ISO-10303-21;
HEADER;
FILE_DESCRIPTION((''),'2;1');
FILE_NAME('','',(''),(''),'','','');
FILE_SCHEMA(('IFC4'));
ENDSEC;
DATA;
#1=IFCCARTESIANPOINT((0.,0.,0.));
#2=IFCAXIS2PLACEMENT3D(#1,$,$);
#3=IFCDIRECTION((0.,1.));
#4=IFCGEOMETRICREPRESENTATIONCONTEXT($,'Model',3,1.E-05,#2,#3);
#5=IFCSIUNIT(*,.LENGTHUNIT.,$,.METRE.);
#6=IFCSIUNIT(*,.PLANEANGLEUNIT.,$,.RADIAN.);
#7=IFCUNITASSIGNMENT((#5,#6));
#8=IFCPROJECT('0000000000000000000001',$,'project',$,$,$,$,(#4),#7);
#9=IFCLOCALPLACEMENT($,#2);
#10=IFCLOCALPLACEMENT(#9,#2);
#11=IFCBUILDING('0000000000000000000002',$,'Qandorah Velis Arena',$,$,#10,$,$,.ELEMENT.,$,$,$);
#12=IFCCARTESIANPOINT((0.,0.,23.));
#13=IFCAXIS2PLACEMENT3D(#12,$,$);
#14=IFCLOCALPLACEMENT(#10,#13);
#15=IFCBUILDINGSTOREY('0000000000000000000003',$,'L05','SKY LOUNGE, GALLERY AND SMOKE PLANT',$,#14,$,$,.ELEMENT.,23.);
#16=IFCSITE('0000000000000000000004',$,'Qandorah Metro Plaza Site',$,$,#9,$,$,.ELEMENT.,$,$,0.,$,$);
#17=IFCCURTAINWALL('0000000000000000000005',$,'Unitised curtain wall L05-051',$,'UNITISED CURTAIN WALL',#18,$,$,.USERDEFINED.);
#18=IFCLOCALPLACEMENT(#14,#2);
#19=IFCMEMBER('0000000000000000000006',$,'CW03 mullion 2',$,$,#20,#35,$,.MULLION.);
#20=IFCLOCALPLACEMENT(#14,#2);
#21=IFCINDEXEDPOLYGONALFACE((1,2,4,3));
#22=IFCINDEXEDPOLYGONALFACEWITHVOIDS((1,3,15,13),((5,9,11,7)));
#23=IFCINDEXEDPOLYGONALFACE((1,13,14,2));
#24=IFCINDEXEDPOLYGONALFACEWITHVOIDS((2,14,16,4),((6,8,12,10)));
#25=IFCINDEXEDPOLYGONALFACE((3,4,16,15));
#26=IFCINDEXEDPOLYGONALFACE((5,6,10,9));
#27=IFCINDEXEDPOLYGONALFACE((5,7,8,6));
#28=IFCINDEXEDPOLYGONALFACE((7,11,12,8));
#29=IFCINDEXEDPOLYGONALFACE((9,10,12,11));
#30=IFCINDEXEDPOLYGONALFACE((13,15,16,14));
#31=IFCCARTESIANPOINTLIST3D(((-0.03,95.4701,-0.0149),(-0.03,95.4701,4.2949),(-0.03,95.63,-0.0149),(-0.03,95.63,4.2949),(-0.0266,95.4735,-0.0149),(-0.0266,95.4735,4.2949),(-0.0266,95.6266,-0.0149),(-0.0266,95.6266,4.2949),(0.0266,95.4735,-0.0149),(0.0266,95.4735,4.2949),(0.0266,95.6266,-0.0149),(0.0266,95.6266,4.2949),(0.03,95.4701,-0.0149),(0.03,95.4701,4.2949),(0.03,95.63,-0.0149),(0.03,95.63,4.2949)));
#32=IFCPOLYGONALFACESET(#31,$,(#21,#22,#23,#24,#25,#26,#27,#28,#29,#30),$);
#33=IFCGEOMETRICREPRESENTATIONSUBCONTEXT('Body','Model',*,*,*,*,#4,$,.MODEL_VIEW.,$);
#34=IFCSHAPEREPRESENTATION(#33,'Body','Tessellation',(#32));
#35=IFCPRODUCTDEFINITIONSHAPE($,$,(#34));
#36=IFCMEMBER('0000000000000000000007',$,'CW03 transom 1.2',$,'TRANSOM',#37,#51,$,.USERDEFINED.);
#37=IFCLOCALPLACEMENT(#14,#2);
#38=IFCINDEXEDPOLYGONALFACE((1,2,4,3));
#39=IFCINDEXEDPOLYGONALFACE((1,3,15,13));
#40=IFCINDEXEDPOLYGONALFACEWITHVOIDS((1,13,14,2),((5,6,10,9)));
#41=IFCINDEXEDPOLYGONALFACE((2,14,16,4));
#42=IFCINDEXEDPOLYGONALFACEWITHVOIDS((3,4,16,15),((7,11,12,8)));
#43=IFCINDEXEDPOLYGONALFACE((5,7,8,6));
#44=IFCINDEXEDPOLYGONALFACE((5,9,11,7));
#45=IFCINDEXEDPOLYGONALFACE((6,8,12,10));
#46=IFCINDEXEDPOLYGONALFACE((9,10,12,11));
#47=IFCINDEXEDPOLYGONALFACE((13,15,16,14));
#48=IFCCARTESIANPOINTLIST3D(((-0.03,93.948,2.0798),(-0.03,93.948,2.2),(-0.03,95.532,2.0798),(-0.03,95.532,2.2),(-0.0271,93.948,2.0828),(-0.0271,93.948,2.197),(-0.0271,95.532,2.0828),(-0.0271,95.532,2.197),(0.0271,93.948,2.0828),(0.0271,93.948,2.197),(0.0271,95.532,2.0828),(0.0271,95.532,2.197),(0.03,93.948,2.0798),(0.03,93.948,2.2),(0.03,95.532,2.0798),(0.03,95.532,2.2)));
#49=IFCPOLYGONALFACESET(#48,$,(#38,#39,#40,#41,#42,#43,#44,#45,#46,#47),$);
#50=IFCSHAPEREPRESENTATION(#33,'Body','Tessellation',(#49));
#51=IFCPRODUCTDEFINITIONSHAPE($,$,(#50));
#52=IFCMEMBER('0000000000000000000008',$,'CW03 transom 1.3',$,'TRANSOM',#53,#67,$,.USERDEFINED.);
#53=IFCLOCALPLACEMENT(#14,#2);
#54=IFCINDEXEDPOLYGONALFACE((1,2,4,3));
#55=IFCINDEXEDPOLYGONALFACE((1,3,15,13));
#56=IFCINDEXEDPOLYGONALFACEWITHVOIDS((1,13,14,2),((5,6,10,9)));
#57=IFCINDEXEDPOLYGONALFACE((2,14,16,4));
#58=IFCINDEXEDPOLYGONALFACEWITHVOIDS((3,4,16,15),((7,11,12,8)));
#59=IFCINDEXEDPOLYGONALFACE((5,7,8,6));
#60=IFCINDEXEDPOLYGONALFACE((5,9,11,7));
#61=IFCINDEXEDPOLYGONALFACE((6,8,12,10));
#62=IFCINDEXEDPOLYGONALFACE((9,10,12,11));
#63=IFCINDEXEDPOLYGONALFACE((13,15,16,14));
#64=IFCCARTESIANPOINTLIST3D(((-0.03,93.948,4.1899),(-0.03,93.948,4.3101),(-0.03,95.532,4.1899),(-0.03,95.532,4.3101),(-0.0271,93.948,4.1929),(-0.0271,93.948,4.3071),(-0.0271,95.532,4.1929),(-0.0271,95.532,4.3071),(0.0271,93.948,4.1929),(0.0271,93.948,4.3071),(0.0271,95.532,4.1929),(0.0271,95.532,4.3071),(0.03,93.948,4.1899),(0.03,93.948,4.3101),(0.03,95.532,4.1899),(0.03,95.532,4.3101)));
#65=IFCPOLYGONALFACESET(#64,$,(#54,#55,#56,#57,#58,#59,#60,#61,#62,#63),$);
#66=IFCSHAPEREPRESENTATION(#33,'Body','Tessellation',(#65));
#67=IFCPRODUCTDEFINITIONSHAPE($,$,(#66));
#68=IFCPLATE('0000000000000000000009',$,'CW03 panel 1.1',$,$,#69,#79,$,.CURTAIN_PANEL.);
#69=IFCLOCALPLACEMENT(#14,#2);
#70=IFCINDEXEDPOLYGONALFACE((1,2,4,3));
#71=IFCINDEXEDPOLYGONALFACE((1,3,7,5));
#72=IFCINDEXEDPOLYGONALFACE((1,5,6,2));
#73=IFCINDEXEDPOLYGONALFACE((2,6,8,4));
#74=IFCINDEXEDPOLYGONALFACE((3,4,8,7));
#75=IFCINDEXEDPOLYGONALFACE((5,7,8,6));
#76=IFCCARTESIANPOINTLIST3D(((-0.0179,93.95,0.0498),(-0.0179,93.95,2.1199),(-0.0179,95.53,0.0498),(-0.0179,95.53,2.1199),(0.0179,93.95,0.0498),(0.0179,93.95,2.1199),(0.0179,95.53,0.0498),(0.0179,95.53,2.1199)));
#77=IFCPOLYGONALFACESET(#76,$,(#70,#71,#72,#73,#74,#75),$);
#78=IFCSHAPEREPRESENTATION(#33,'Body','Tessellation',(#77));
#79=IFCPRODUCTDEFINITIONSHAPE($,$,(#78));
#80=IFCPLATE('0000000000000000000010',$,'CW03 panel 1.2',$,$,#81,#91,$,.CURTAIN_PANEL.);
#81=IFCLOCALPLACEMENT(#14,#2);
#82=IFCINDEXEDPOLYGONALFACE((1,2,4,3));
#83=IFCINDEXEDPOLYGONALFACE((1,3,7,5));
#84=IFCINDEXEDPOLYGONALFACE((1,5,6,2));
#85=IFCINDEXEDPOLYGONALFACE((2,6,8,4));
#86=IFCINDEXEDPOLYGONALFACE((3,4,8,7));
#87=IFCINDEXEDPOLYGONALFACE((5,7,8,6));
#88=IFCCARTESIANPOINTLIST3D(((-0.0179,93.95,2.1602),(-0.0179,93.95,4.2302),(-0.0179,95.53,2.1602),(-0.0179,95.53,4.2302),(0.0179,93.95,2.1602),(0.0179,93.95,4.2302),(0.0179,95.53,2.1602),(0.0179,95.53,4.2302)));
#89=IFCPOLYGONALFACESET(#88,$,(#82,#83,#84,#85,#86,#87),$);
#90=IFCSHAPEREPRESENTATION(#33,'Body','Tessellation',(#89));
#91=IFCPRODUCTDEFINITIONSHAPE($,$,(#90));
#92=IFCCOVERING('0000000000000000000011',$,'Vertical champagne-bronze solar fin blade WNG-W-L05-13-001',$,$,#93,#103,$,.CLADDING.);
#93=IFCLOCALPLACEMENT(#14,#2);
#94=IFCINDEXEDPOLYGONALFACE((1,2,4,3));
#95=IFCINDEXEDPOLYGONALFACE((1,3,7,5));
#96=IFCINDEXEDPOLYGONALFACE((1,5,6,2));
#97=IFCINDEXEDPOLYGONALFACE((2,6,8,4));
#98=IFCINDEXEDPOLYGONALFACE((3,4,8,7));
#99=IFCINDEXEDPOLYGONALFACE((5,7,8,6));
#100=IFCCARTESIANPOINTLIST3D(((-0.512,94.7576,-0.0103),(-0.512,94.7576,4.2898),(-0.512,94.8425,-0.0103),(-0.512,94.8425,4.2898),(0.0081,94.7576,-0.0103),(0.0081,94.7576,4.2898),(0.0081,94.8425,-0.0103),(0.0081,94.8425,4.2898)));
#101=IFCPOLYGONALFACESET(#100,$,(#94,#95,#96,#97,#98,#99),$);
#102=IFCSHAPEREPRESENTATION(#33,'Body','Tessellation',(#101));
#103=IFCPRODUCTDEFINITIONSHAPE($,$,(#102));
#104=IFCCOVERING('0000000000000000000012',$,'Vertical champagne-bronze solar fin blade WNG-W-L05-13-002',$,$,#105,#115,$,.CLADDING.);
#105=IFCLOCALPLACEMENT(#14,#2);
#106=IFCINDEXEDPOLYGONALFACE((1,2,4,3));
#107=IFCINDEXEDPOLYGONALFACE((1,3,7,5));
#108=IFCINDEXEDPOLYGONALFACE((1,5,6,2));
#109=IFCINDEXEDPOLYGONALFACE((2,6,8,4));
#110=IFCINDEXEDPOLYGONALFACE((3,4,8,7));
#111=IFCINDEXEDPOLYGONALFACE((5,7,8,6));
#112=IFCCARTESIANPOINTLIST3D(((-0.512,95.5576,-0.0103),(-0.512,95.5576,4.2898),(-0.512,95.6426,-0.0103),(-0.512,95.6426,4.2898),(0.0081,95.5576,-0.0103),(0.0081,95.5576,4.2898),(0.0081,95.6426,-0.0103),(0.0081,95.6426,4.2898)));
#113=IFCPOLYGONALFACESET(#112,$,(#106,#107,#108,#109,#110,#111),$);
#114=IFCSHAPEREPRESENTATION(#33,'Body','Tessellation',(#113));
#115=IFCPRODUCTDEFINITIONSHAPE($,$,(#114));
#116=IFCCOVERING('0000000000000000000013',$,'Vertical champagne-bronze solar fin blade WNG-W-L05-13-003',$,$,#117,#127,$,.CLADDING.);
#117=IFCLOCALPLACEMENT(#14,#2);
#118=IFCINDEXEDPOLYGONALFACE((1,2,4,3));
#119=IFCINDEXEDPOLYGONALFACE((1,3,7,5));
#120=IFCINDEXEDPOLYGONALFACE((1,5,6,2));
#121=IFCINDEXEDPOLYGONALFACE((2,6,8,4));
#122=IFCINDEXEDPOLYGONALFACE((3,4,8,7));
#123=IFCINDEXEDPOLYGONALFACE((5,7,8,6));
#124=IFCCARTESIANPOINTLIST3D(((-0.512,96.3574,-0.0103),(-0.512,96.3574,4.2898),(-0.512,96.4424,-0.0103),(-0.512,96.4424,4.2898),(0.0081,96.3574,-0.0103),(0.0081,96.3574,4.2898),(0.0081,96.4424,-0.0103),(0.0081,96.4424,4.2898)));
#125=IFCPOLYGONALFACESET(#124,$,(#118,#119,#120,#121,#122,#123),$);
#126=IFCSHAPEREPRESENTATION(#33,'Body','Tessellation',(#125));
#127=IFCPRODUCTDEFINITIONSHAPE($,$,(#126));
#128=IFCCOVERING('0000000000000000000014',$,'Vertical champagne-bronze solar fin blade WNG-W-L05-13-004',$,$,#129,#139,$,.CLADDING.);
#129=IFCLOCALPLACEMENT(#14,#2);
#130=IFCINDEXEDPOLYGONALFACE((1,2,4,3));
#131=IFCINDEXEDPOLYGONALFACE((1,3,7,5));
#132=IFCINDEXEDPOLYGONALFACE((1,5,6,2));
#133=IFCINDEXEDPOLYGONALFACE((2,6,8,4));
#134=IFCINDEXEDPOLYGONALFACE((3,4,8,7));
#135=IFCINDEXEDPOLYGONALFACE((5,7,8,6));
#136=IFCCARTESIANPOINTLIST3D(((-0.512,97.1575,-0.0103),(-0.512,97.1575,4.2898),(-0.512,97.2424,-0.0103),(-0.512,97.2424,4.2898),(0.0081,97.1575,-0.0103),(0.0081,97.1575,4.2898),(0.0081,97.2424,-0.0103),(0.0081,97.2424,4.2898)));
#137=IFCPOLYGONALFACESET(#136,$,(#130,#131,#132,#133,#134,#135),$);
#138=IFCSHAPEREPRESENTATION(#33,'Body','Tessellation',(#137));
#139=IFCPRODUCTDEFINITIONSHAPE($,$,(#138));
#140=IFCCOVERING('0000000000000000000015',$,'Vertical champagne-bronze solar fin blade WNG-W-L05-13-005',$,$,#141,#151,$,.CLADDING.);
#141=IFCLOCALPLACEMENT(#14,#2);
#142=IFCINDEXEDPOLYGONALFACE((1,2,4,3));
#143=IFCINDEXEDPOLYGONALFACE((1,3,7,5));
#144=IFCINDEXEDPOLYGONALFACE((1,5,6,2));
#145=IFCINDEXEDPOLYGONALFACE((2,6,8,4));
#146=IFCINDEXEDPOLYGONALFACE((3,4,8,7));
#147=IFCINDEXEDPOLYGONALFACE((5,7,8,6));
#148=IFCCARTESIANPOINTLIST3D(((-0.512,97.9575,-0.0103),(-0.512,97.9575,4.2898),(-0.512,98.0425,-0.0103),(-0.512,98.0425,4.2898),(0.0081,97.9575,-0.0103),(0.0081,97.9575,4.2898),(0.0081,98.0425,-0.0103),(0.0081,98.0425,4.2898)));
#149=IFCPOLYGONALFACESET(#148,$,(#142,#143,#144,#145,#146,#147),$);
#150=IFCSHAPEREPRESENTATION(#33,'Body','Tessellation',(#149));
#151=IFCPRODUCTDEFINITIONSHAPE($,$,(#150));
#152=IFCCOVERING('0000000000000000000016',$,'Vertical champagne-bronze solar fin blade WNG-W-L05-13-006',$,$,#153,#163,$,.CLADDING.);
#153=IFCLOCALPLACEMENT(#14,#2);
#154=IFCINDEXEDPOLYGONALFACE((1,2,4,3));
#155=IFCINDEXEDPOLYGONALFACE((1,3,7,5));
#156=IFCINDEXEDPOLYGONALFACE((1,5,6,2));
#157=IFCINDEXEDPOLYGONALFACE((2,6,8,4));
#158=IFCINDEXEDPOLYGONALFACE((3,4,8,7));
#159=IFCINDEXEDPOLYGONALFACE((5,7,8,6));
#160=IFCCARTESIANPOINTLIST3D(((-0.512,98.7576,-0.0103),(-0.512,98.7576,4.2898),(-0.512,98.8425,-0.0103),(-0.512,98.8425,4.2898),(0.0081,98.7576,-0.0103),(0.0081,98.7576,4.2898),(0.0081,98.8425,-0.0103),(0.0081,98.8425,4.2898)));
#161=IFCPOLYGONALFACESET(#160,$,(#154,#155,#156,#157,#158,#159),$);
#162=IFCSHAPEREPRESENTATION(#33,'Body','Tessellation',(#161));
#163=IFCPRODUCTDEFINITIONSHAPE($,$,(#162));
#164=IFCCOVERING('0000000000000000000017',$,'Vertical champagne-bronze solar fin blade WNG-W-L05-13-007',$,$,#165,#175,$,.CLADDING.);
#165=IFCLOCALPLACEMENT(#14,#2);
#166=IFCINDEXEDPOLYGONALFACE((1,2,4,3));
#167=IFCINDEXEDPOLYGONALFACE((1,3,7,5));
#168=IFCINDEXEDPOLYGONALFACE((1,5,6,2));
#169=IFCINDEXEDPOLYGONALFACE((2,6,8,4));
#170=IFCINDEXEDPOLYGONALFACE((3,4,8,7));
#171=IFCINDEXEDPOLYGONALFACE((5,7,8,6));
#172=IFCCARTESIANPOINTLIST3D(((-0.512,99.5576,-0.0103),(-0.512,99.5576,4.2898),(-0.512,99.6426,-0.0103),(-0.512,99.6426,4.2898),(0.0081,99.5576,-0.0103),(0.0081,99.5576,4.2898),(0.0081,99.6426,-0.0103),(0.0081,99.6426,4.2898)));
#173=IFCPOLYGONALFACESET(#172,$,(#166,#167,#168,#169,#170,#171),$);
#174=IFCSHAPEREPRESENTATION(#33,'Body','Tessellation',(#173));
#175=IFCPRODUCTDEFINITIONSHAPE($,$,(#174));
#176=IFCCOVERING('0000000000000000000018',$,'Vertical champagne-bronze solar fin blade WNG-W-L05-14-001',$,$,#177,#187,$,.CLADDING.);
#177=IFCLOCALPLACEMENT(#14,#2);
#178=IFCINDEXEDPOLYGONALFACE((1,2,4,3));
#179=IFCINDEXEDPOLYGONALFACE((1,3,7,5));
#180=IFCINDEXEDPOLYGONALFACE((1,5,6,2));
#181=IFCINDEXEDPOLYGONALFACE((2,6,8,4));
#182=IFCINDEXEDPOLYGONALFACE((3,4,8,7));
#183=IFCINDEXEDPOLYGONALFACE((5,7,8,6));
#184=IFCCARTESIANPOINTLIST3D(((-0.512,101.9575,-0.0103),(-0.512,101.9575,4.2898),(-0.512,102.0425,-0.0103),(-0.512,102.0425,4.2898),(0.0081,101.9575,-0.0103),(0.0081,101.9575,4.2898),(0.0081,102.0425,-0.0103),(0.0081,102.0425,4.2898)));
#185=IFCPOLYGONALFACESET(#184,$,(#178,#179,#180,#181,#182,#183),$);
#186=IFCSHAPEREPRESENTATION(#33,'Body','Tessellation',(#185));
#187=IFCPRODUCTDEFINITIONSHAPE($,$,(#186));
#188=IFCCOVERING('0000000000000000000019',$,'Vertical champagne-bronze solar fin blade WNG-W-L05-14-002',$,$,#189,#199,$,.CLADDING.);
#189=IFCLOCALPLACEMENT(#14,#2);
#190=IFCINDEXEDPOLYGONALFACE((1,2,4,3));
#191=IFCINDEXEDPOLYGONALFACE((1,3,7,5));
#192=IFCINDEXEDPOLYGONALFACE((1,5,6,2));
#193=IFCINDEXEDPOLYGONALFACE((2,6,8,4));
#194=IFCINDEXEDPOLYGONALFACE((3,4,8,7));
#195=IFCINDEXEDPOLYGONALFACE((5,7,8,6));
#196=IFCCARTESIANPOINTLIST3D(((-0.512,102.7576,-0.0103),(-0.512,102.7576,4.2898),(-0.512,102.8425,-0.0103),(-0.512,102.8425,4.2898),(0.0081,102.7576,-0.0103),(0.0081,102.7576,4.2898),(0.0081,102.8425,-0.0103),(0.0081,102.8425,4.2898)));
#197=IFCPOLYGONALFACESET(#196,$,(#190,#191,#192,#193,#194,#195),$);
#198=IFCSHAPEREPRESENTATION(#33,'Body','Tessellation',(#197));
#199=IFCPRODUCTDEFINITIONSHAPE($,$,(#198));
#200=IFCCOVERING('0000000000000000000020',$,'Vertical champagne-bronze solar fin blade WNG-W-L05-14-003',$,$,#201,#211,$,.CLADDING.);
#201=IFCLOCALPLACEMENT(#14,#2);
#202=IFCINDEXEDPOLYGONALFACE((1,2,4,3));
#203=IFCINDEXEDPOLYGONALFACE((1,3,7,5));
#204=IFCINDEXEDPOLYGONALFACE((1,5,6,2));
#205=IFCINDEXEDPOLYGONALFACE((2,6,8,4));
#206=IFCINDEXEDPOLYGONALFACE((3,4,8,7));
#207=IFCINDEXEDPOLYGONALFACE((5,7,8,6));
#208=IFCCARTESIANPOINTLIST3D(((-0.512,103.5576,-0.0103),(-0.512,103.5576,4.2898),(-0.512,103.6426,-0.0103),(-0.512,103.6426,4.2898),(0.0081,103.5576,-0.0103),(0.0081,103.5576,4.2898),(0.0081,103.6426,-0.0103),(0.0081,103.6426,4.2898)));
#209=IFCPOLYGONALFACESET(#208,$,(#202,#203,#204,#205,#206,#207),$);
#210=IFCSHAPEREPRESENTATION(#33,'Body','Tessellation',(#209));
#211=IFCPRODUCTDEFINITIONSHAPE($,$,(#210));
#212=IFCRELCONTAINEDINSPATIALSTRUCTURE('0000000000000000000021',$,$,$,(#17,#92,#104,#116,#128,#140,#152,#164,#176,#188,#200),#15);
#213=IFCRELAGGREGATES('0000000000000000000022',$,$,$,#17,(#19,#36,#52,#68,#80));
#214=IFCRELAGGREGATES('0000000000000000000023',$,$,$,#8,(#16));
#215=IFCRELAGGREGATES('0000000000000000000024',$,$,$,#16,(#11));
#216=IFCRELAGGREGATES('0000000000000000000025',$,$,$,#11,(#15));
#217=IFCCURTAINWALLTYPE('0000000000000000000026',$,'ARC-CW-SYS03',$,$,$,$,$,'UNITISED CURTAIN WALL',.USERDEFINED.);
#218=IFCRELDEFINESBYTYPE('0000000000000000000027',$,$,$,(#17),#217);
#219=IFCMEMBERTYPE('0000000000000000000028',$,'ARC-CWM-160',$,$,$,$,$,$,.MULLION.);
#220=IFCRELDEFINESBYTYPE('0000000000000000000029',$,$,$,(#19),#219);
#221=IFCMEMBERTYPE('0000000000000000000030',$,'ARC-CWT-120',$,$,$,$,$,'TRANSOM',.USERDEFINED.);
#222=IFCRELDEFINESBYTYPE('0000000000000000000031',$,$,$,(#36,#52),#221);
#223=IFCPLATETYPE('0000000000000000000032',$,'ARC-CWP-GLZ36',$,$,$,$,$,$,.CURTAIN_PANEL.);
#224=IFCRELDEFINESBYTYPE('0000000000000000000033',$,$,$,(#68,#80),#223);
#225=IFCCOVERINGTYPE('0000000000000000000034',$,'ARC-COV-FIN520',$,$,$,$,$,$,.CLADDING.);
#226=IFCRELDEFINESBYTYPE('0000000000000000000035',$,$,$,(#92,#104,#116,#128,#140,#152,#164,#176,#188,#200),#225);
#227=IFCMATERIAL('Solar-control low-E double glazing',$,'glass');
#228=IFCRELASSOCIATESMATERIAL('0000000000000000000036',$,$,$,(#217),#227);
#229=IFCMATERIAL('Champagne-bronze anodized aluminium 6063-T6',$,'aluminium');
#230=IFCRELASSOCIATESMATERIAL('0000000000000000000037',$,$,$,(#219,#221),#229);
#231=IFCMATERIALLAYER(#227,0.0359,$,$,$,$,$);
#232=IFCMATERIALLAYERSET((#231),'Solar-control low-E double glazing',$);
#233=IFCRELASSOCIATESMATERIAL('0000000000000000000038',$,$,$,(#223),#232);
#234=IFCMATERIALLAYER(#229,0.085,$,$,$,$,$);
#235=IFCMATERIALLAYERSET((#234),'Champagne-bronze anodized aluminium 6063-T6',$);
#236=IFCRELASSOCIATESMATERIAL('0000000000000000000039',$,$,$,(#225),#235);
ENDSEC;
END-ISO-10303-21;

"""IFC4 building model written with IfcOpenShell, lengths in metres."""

from ifc_helpers import new_model, si_unit, direction, frame, origin, origin_2d, place, context, subcontext, project, spatial, rectangle, hollow_rectangle, extrude, material, layer, layer_set, material_profile, profile_set, type_object, element, aggregate, save


model = new_model("IFC4")

# Units and contexts
model_context = context("Model", 3, precision=1e-05, world=origin(), true_north=direction((0.0, 1.0)))
body_context = subcontext(model_context, "Body", "Model", "MODEL_VIEW")
ifc_project = project(units=[si_unit("LENGTHUNIT", "METRE"), si_unit("PLANEANGLEUNIT", "RADIAN")], contexts=[model_context])

# Site, building, storey
site_placement = place(None, origin())
site = spatial("IfcSite", under=ifc_project, at=site_placement, Name="Qandorah Metro Plaza Site", CompositionType="ELEMENT", RefElevation=0.0)
building_placement = place(site_placement, origin())
building = spatial("IfcBuilding", under=site, at=building_placement, Name="Qandorah Velis Arena", CompositionType="ELEMENT")
storey_placement = place(building_placement, frame((0.0, 0.0, 23.0)))
storey = spatial("IfcBuildingStorey", under=building, at=storey_placement, Name="L05", Description="SKY LOUNGE, GALLERY AND SMOKE PLANT", CompositionType="ELEMENT", Elevation=23.0)

# Curtain wall, members, plates
ifc_material_1 = material(Name="Solar-control low-E double glazing", Category="glass")
curtain_wall_type = type_object("IfcCurtainWallType", Name="ARC-CW-SYS03", ElementType="UNITISED CURTAIN WALL", PredefinedType="USERDEFINED", material=ifc_material_1)
curtain_wall_placement = place(storey_placement, origin())
curtain_wall = element("IfcCurtainWall", 1, at=curtain_wall_placement, inside=storey, type_object=curtain_wall_type, Name="Unitised curtain wall L05-051", ObjectType="UNITISED CURTAIN WALL", PredefinedType="USERDEFINED")
ifc_material_2 = material(Name="Champagne-bronze anodized aluminium 6063-T6", Category="aluminium")
ifc_material_profile_1 = material_profile(ifc_material_2, hollow_rectangle(XDim=0.0601, YDim=0.1599, WallThickness=0.0034, at=origin_2d()), Name="ALU MULLION 60x160")
ifc_profile_set_1 = profile_set([ifc_material_profile_1], Name="Champagne-bronze anodized aluminium 6063-T6")
member_type_1 = type_object("IfcMemberType", Name="ARC-CWM-160", PredefinedType="MULLION", material=ifc_profile_set_1)
member_1_placement = place(storey_placement, frame((0.0, 95.55, -0.0149), z_axis=(0.0, 0.0, 1.0), x_axis=(-1.0, 0.0, 0.0)))
member_1 = element("IfcMember", 2, at=member_1_placement, type_object=member_type_1, Name="CW03 mullion 2", PredefinedType="MULLION", context=body_context, shape_type="SweptSolid", body=[
    extrude(hollow_rectangle(XDim=0.0601, YDim=0.1599, WallThickness=0.0034, at=origin_2d()), origin(), (0.0, 0.0, 1.0), 4.3098),
])
ifc_material_profile_2 = material_profile(ifc_material_2, hollow_rectangle(XDim=0.0601, YDim=0.1201, WallThickness=0.0029, at=origin_2d()), Name="ALU TRANSOM 60x120")
ifc_profile_set_2 = profile_set([ifc_material_profile_2], Name="Champagne-bronze anodized aluminium 6063-T6")
member_type_2 = type_object("IfcMemberType", Name="ARC-CWT-120", ElementType="TRANSOM", PredefinedType="USERDEFINED", material=ifc_profile_set_2)
member_2_placement = place(storey_placement, frame((0.0, 93.948, 2.1399), z_axis=(0.0, 1.0, 0.0), x_axis=(-1.0, 0.0, 0.0)))
member_2 = element("IfcMember", 3, at=member_2_placement, type_object=member_type_2, Name="CW03 transom 1.2", ObjectType="TRANSOM", PredefinedType="USERDEFINED", context=body_context, shape_type="SweptSolid", body=[
    extrude(hollow_rectangle(XDim=0.0601, YDim=0.1201, WallThickness=0.0029, at=origin_2d()), origin(), (0.0, 0.0, 1.0), 1.584),
])
member_3_placement = place(storey_placement, frame((0.0, 93.948, 4.25), z_axis=(0.0, 1.0, 0.0), x_axis=(-1.0, 0.0, 0.0)))
member_3 = element("IfcMember", 4, at=member_3_placement, type_object=member_type_2, Name="CW03 transom 1.3", ObjectType="TRANSOM", PredefinedType="USERDEFINED", context=body_context, shape_type="SweptSolid", body=[
    extrude(hollow_rectangle(XDim=0.0601, YDim=0.1201, WallThickness=0.0029, at=origin_2d()), origin(), (0.0, 0.0, 1.0), 1.584),
])
ifc_layer_1 = layer(ifc_material_1, 0.0359)
ifc_layer_set_1 = layer_set([ifc_layer_1], Name="Solar-control low-E double glazing")
plate_type = type_object("IfcPlateType", Name="ARC-CWP-GLZ36", PredefinedType="CURTAIN_PANEL", material=ifc_layer_set_1)
plate_1_placement = place(storey_placement, frame((0.0, 94.74, 0.0498), z_axis=(0.0, 0.0, 1.0), x_axis=(0.0, 1.0, 0.0)))
plate_1 = element("IfcPlate", 5, at=plate_1_placement, type_object=plate_type, Name="CW03 panel 1.1", PredefinedType="CURTAIN_PANEL", context=body_context, shape_type="SweptSolid", body=[
    extrude(rectangle(XDim=1.5801, YDim=0.0359, at=origin_2d()), origin(), (0.0, 0.0, 1.0), 2.0701),
])
plate_2_placement = place(storey_placement, frame((0.0, 94.74, 2.1602), z_axis=(0.0, 0.0, 1.0), x_axis=(0.0, 1.0, 0.0)))
plate_2 = element("IfcPlate", 6, at=plate_2_placement, type_object=plate_type, Name="CW03 panel 1.2", PredefinedType="CURTAIN_PANEL", context=body_context, shape_type="SweptSolid", body=[
    extrude(rectangle(XDim=1.5801, YDim=0.0359, at=origin_2d()), origin(), (0.0, 0.0, 1.0), 2.0701),
])
aggregate(curtain_wall, [member_1, member_2, member_3, plate_1, plate_2])

# Coverings
ifc_layer_2 = layer(ifc_material_2, 0.085)
ifc_layer_set_2 = layer_set([ifc_layer_2], Name="Champagne-bronze anodized aluminium 6063-T6")
covering_type = type_object("IfcCoveringType", Name="ARC-COV-FIN520", PredefinedType="CLADDING", material=ifc_layer_set_2)
for number, where, z_axis, x_axis, name in (
    (7, (-0.252, 94.8, -0.0103), (0.0, 0.0, 1.0), (1.0, 0.0, 0.0), "Vertical champagne-bronze solar fin blade WNG-W-L05-13-001"),
    (8, (-0.252, 95.6001, -0.0103), (0.0, 0.0, 1.0), (1.0, 0.0, 0.0), "Vertical champagne-bronze solar fin blade WNG-W-L05-13-002"),
    (9, (-0.252, 96.3999, -0.0103), (0.0, 0.0, 1.0), (1.0, 0.0, 0.0), "Vertical champagne-bronze solar fin blade WNG-W-L05-13-003"),
    (10, (-0.252, 97.2, -0.0103), (0.0, 0.0, 1.0), (1.0, 0.0, 0.0), "Vertical champagne-bronze solar fin blade WNG-W-L05-13-004"),
    (11, (-0.252, 98.0, -0.0103), (0.0, 0.0, 1.0), (1.0, 0.0, 0.0), "Vertical champagne-bronze solar fin blade WNG-W-L05-13-005"),
    (12, (-0.252, 98.8, -0.0103), (0.0, 0.0, 1.0), (1.0, 0.0, 0.0), "Vertical champagne-bronze solar fin blade WNG-W-L05-13-006"),
    (13, (-0.252, 99.6001, -0.0103), (0.0, 0.0, 1.0), (1.0, 0.0, 0.0), "Vertical champagne-bronze solar fin blade WNG-W-L05-13-007"),
    (14, (-0.252, 102.0, -0.0103), (0.0, 0.0, 1.0), (1.0, 0.0, 0.0), "Vertical champagne-bronze solar fin blade WNG-W-L05-14-001"),
    (15, (-0.252, 102.8, -0.0103), (0.0, 0.0, 1.0), (1.0, 0.0, 0.0), "Vertical champagne-bronze solar fin blade WNG-W-L05-14-002"),
    (16, (-0.252, 103.6001, -0.0103), (0.0, 0.0, 1.0), (1.0, 0.0, 0.0), "Vertical champagne-bronze solar fin blade WNG-W-L05-14-003"),
):
    element("IfcCovering", number, at=place(storey_placement, frame(where, z_axis=z_axis, x_axis=x_axis)), inside=storey, type_object=covering_type, Name=name, PredefinedType="CLADDING", context=body_context, shape_type="SweptSolid", body=[
        extrude(rectangle(XDim=0.52, YDim=0.085, at=origin_2d()), origin(), (0.0, 0.0, 1.0), 4.3),
    ])

save(model, "model.ifc")
